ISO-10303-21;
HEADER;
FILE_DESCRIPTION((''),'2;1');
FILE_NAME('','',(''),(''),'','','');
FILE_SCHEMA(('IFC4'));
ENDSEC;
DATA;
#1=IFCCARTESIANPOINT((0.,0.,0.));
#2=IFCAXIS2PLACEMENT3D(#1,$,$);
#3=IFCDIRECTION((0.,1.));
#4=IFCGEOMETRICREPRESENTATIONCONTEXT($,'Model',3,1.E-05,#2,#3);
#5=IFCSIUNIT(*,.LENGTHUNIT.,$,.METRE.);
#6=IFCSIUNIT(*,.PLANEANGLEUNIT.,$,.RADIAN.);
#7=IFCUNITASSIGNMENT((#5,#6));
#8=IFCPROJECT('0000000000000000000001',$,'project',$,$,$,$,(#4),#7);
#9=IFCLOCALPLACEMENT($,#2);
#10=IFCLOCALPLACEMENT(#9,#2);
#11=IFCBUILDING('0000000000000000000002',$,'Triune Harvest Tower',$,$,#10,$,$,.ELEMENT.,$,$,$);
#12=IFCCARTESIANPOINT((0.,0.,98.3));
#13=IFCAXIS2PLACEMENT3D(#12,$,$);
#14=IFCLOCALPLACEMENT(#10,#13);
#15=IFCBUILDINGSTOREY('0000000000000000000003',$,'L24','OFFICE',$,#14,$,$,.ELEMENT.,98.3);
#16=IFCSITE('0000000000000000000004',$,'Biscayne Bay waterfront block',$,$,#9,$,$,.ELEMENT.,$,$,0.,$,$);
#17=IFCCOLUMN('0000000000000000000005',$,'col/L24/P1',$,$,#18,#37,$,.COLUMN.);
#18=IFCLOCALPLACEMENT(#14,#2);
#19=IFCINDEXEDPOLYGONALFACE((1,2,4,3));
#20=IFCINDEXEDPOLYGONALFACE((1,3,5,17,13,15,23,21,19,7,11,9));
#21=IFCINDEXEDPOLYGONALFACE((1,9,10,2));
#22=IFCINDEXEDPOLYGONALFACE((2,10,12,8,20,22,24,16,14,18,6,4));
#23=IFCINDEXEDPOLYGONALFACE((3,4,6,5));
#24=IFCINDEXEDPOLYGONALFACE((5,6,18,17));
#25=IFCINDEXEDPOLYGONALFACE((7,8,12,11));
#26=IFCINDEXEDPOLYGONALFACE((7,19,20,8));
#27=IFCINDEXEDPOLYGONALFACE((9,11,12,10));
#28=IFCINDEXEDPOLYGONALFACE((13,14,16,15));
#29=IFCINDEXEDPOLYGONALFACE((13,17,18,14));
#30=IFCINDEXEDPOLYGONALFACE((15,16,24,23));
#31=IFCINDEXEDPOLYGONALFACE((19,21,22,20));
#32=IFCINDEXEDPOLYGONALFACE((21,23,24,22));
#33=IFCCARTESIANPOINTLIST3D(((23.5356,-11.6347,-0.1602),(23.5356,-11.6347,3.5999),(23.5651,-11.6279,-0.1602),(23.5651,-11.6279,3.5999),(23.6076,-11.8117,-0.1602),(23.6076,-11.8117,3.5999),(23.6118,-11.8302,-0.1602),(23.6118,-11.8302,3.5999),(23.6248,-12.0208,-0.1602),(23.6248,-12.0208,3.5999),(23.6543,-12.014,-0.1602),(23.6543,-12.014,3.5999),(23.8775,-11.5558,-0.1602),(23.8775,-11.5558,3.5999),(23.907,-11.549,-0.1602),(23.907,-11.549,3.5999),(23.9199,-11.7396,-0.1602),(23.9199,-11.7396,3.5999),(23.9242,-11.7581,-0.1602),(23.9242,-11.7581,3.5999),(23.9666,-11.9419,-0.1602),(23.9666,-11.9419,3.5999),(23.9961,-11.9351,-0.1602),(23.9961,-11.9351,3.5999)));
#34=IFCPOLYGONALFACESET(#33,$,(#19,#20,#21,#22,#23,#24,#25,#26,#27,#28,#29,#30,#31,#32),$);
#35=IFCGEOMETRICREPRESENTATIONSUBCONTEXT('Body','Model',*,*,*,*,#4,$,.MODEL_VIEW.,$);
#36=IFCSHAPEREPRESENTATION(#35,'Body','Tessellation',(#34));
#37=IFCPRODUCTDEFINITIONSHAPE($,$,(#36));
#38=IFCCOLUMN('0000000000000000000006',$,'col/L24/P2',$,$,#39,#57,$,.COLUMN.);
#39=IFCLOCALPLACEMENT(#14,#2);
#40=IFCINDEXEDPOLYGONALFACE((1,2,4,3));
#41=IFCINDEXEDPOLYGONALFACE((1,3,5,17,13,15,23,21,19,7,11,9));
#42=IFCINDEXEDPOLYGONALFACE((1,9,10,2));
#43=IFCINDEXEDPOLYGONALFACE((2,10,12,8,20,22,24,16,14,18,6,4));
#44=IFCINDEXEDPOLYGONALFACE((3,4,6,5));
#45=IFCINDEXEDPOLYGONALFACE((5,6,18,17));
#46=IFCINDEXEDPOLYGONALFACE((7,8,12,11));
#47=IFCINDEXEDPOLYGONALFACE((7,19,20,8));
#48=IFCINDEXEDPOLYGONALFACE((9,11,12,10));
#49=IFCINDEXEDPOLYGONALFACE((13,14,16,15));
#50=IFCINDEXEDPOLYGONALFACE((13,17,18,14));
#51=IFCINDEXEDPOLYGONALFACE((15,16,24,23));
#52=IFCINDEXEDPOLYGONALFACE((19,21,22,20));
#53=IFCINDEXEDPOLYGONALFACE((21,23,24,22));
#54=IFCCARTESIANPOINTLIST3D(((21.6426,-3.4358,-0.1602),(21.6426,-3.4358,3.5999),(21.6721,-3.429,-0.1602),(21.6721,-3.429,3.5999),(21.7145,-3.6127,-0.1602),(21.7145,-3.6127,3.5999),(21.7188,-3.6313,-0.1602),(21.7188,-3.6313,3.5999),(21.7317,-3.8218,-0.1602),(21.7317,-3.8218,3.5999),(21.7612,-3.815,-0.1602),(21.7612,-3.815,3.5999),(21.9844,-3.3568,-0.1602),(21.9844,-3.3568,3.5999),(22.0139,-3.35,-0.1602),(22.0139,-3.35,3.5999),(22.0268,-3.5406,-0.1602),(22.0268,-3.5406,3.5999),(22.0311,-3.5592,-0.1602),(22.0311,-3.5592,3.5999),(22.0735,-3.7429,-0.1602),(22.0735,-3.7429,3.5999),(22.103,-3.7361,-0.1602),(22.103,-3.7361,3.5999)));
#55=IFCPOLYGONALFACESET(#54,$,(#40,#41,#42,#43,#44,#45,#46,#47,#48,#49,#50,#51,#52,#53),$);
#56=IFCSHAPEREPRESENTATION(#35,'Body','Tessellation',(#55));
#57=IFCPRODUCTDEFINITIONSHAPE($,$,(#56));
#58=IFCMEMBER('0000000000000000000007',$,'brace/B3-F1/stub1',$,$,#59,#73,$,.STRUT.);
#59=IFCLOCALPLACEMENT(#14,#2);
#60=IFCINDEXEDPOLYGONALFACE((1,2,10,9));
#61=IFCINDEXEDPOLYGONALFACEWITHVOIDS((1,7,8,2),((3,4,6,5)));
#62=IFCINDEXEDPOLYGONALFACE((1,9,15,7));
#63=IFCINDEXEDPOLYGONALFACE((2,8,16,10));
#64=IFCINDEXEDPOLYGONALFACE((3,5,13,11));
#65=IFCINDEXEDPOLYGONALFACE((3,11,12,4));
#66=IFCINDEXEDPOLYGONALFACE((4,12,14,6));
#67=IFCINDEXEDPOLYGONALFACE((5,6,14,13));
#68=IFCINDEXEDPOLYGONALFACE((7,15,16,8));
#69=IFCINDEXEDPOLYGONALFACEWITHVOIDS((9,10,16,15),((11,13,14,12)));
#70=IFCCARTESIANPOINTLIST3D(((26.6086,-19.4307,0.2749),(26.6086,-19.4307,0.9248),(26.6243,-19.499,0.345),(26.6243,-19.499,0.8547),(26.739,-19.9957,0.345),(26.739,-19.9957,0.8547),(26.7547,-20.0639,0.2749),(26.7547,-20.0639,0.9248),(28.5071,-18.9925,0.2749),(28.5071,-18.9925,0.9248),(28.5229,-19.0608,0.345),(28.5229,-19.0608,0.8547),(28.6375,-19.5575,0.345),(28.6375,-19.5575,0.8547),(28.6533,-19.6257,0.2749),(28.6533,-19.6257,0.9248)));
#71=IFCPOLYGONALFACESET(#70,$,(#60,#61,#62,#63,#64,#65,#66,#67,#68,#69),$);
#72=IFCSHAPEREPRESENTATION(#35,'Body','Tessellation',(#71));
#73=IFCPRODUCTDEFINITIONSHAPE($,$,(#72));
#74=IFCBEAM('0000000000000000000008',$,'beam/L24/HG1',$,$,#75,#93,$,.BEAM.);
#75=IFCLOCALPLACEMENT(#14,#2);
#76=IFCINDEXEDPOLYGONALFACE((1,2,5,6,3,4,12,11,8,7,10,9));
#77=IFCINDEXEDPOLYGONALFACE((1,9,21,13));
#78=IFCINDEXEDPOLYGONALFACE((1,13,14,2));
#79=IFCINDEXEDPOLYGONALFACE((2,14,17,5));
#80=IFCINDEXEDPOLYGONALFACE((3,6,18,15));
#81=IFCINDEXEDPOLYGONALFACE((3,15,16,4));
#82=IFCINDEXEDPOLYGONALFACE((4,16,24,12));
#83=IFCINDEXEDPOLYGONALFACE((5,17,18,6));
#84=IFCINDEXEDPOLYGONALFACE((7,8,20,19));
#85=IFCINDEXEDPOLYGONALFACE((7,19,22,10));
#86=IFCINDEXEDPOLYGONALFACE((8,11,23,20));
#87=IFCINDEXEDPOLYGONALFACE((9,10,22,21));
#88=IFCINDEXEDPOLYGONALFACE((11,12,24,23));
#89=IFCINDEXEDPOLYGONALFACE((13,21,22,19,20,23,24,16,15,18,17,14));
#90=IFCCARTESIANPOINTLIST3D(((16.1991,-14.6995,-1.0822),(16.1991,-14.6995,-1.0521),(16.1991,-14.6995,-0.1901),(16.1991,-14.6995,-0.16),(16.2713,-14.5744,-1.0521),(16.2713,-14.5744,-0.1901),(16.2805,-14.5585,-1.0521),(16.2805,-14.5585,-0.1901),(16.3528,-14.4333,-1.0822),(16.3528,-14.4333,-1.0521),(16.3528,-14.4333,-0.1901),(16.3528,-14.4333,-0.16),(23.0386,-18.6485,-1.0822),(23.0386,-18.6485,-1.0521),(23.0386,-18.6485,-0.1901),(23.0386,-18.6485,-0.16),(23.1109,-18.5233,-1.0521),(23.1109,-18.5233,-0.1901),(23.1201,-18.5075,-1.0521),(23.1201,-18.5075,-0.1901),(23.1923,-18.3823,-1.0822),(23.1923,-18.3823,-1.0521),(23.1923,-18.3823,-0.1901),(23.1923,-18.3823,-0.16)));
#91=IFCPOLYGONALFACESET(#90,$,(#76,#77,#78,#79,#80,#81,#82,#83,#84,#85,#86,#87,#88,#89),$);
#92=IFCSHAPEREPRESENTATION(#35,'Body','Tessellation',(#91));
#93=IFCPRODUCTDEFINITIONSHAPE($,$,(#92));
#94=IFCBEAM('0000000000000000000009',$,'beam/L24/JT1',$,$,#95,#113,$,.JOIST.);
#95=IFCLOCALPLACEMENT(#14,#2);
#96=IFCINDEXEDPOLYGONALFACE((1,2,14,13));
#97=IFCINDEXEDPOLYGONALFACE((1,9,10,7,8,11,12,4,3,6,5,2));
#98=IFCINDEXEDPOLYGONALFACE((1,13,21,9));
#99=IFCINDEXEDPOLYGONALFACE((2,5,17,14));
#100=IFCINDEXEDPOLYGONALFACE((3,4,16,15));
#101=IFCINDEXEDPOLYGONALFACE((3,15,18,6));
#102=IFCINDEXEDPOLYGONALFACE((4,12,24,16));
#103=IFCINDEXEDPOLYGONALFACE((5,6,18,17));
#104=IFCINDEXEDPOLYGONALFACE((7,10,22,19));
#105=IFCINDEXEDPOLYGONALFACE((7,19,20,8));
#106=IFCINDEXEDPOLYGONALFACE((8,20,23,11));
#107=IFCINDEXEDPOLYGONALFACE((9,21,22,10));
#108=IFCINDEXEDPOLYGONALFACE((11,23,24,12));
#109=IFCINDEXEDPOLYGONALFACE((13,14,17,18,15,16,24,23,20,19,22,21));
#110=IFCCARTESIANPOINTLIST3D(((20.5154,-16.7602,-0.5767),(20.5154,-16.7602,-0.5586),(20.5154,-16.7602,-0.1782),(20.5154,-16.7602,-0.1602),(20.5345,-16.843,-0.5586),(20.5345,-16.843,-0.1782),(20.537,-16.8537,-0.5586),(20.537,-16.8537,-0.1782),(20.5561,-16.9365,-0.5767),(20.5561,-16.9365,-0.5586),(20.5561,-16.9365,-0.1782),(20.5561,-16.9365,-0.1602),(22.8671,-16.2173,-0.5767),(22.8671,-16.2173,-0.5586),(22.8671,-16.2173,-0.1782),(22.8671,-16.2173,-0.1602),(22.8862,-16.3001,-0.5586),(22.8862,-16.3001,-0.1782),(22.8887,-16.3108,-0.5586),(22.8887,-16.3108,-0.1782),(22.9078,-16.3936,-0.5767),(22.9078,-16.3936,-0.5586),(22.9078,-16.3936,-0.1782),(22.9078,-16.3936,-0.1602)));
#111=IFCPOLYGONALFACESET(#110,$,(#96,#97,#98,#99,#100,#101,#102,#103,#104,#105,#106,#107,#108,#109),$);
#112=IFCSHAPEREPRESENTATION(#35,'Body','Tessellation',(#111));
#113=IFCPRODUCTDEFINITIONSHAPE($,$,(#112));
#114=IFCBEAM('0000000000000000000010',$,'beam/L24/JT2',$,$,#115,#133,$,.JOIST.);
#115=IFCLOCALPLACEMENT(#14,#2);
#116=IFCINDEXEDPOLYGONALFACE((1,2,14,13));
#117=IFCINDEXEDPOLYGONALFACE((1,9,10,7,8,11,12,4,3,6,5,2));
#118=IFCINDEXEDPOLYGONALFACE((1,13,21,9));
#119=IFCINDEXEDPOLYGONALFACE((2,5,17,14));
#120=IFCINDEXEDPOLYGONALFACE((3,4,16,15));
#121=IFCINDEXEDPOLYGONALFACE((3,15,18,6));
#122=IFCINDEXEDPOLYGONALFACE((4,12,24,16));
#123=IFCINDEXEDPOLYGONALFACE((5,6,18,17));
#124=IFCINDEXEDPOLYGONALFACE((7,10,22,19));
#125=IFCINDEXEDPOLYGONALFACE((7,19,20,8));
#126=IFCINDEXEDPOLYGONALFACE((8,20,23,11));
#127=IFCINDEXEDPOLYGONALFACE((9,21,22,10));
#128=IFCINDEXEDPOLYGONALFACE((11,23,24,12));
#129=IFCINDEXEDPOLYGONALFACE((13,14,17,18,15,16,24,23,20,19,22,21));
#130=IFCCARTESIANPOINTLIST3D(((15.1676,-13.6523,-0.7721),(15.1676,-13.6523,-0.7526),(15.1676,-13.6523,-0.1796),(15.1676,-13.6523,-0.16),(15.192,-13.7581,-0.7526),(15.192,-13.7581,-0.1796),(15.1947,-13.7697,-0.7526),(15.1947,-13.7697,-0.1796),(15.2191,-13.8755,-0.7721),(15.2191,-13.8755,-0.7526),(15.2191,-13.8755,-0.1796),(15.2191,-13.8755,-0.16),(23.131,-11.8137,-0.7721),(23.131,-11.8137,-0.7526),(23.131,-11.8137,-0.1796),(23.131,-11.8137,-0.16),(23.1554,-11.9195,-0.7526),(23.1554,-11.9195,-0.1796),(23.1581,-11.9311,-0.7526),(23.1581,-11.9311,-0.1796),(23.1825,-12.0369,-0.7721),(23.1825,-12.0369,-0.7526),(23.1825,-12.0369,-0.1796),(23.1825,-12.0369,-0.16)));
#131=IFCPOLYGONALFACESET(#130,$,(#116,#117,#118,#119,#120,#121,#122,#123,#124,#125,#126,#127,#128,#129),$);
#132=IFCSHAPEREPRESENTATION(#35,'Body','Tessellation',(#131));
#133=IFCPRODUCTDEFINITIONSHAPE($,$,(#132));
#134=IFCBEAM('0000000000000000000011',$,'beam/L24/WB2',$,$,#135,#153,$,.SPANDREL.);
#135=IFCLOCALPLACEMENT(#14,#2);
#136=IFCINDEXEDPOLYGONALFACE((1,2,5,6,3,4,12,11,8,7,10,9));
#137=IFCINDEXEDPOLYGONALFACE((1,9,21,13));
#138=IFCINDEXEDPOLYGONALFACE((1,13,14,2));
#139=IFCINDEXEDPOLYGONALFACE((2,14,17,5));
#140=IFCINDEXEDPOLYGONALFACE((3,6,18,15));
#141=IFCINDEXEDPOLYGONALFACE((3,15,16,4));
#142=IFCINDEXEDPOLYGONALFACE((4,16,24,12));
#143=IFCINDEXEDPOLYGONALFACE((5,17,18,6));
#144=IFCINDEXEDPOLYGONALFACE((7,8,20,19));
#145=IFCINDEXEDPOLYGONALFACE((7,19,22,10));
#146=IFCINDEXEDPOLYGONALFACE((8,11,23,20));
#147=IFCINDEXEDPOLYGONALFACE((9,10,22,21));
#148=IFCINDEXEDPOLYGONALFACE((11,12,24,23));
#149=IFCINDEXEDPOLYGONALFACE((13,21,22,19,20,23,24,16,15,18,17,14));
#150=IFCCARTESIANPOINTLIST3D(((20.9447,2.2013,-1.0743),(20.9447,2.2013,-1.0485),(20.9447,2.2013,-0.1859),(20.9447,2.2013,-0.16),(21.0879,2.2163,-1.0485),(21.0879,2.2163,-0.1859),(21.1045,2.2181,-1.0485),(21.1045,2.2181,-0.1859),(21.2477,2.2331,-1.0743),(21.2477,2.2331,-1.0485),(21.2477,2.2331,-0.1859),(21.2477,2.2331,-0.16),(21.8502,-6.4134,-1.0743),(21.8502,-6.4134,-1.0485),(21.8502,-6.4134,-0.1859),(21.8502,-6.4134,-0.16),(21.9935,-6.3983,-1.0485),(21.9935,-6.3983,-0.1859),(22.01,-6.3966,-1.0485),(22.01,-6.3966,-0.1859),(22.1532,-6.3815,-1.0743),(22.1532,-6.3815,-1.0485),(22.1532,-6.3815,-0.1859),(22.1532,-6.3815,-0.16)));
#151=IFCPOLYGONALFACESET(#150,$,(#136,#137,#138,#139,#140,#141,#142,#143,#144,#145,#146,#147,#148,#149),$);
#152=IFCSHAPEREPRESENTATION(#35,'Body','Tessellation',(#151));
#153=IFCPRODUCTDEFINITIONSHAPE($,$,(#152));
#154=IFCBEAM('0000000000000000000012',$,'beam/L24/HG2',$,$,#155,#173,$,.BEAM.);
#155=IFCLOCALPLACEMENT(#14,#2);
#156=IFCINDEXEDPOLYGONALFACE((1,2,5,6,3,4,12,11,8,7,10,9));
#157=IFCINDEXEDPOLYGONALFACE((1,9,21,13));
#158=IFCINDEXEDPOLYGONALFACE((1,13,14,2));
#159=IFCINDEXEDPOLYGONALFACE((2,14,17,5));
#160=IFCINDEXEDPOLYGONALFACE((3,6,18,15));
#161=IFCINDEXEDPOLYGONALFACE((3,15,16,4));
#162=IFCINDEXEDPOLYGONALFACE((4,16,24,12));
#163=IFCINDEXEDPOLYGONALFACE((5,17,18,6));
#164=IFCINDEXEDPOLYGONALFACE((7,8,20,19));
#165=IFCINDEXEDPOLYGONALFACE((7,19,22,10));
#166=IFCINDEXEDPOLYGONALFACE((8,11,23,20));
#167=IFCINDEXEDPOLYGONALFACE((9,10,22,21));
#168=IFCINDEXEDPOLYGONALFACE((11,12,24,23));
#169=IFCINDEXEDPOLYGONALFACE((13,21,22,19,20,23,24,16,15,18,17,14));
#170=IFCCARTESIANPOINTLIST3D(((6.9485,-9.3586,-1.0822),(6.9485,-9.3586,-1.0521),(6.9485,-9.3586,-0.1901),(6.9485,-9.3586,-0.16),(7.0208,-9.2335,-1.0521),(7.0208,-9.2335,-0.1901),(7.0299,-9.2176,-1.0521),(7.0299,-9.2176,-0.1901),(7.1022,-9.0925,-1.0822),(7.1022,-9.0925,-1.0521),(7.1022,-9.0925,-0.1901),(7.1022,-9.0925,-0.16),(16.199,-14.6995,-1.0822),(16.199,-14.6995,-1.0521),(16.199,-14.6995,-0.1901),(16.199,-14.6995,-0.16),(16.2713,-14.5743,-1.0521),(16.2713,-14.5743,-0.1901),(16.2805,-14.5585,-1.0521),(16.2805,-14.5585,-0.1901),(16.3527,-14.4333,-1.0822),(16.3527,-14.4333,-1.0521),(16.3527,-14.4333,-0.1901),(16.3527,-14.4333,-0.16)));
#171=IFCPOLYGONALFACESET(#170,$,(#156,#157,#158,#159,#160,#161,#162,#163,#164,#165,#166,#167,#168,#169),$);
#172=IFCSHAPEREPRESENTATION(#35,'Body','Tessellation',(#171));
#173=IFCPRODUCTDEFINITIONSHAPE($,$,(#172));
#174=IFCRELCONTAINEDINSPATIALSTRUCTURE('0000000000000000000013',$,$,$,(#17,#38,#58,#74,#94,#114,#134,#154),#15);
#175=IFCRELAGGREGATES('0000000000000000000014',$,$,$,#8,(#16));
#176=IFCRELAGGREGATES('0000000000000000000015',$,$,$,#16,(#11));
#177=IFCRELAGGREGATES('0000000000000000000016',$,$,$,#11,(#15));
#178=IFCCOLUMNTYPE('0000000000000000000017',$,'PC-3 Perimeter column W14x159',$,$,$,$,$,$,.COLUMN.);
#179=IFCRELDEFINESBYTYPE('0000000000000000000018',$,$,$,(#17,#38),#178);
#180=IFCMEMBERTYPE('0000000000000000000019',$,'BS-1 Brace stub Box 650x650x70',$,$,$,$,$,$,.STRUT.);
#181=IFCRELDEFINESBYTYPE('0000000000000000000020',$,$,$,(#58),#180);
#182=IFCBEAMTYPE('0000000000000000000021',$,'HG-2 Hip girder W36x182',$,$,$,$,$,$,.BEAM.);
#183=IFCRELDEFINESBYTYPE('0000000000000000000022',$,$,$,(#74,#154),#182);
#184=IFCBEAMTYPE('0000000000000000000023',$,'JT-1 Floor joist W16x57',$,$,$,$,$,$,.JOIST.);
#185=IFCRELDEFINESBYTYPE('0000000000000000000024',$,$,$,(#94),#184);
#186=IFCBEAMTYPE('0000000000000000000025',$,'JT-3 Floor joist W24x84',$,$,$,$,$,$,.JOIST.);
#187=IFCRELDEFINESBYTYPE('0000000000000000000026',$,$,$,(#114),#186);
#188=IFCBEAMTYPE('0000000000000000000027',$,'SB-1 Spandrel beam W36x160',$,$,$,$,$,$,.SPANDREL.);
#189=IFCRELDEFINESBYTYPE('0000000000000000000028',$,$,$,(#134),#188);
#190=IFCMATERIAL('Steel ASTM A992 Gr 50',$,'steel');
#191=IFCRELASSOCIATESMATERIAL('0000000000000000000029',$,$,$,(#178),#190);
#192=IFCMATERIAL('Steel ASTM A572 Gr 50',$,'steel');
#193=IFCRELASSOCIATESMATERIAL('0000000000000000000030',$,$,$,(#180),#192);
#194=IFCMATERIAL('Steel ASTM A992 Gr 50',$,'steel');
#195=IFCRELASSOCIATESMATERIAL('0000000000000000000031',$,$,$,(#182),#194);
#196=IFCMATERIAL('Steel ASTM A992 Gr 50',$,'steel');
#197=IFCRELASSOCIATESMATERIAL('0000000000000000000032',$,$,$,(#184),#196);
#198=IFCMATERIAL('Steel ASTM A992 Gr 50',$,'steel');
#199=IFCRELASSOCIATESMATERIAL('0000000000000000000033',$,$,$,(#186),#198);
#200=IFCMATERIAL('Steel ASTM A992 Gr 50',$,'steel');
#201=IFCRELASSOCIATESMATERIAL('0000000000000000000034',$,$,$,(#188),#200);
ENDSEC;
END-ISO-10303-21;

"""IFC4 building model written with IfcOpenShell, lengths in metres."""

from ifc_helpers import new_model, si_unit, direction, frame, origin, origin_2d, place, context, subcontext, project, spatial, hollow_rectangle, i_section, extrude, source, transform, mapped, material, material_profile, profile_set, type_object, element, save


model = new_model("IFC4")

# Units and contexts
model_context = context("Model", 3, precision=1e-05, world=origin(), true_north=direction((0.0, 1.0)))
body_context = subcontext(model_context, "Body", "Model", "MODEL_VIEW")
ifc_project = project(units=[si_unit("LENGTHUNIT", "METRE"), si_unit("PLANEANGLEUNIT", "RADIAN")], contexts=[model_context])

# Site, building, storey
site_placement = place(None, origin())
site = spatial("IfcSite", under=ifc_project, at=site_placement, Name="Biscayne Bay waterfront block", CompositionType="ELEMENT", RefElevation=0.0)
building_placement = place(site_placement, origin())
building = spatial("IfcBuilding", under=site, at=building_placement, Name="Triune Harvest Tower", CompositionType="ELEMENT")
storey_placement = place(building_placement, frame((0.0, 0.0, 98.3)))
storey = spatial("IfcBuildingStorey", under=building, at=storey_placement, Name="L24", Description="OFFICE", CompositionType="ELEMENT", Elevation=98.3)

# Columns
ifc_material_1 = material(Name="Steel ASTM A992 Gr 50", Category="steel")
ifc_material_profile_1 = material_profile(ifc_material_1, i_section(OverallWidth=0.3962, OverallDepth=0.3811, WebThickness=0.019, FlangeThickness=0.0303, at=origin_2d()), Name="W14x159")
ifc_profile_set_1 = profile_set([ifc_material_profile_1], Name="Steel ASTM A992 Gr 50")
column_type = type_object("IfcColumnType", Name="PC-3 Perimeter column W14x159", PredefinedType="COLUMN", material=ifc_profile_set_1)
shared_shape_1 = source(origin(), body_context, "Body", "SweptSolid", [
    extrude(i_section(OverallWidth=0.3962, OverallDepth=0.3811, WebThickness=0.019, FlangeThickness=0.0303, at=origin_2d()), origin(), (0.0, 0.0, 1.0), 3.76),
])
for number, where, z_axis, x_axis, name in (
    (1, (23.7659, -11.7849, -0.1602), (0.0, 0.0, 1.0), (-0.224953, 0.97437, 0.0), "col/L24/P1"),
    (2, (21.8728, -3.5859, -0.1602), (0.0, 0.0, 1.0), (-0.224953, 0.97437, 0.0), "col/L24/P2"),
):
    element("IfcColumn", number, at=place(storey_placement, frame(where, z_axis=z_axis, x_axis=x_axis)), inside=storey, type_object=column_type, Name=name, PredefinedType="COLUMN", context=body_context, shape_type="MappedRepresentation", body=[
        mapped(shared_shape_1, transform((0.0, 0.0, 0.0), scale=1.0)),
    ])

# Member
ifc_material_2 = material(Name="Steel ASTM A572 Gr 50", Category="steel")
ifc_material_profile_2 = material_profile(ifc_material_2, hollow_rectangle(XDim=0.6499, YDim=0.6499, WallThickness=0.0701, at=origin_2d()), Name="Box 650x650x70")
ifc_profile_set_2 = profile_set([ifc_material_profile_2], Name="Steel ASTM A572 Gr 50")
member_type_1 = type_object("IfcMemberType", Name="BS-1 Brace stub Box 650x650x70", PredefinedType="STRUT", material=ifc_profile_set_2)
member_1_placement = place(storey_placement, frame((26.6816, -19.7473, 0.5999), z_axis=(0.974383, 0.224896, 0.0), x_axis=(-0.224896, 0.974383, 0.0)))
element("IfcMember", 3, at=member_1_placement, inside=storey, type_object=member_type_1, Name="brace/B3-F1/stub1", PredefinedType="STRUT", context=body_context, shape_type="SweptSolid", body=[
    extrude(hollow_rectangle(XDim=0.6499, YDim=0.6499, WallThickness=0.0701, at=origin_2d()), origin(), (0.0, 0.0, 1.0), 1.9485),
])

# Beams
ifc_material_3 = material(Name="Steel ASTM A992 Gr 50", Category="steel")
ifc_material_profile_3 = material_profile(ifc_material_3, i_section(OverallWidth=0.3074, OverallDepth=0.9221, WebThickness=0.0183, FlangeThickness=0.03, at=origin_2d()), Name="W36x182")
ifc_profile_set_3 = profile_set([ifc_material_profile_3], Name="Steel ASTM A992 Gr 50")
beam_type_1 = type_object("IfcBeamType", Name="HG-2 Hip girder W36x182", PredefinedType="BEAM", material=ifc_profile_set_3)
beam_1_placement = place(storey_placement, frame((23.1155, -18.5154, -0.6211), z_axis=(-0.866018, 0.500012, 0.0), x_axis=(-0.500012, -0.866018, 0.0)))
element("IfcBeam", 4, at=beam_1_placement, inside=storey, type_object=beam_type_1, Name="beam/L24/HG1", PredefinedType="BEAM", context=body_context, shape_type="SweptSolid", body=[
    extrude(i_section(OverallWidth=0.3074, OverallDepth=0.9221, WebThickness=0.0183, FlangeThickness=0.03, at=origin_2d()), origin(), (0.0, 0.0, 1.0), 7.8977),
])
ifc_material_4 = material(Name="Steel ASTM A992 Gr 50", Category="steel")
ifc_material_profile_4 = material_profile(ifc_material_4, i_section(OverallWidth=0.1809, OverallDepth=0.4165, WebThickness=0.011, FlangeThickness=0.0181, at=origin_2d()), Name="W16x57")
ifc_profile_set_4 = profile_set([ifc_material_profile_4], Name="Steel ASTM A992 Gr 50")
beam_type_2 = type_object("IfcBeamType", Name="JT-1 Floor joist W16x57", PredefinedType="JOIST", material=ifc_profile_set_4)
beam_2_placement = place(storey_placement, frame((22.8875, -16.3054, -0.3684), z_axis=(-0.974369, -0.224956, 0.0), x_axis=(0.224956, -0.974369, 0.0)))
element("IfcBeam", 5, at=beam_2_placement, inside=storey, type_object=beam_type_2, Name="beam/L24/JT1", PredefinedType="JOIST", context=body_context, shape_type="SweptSolid", body=[
    extrude(i_section(OverallWidth=0.1809, OverallDepth=0.4165, WebThickness=0.011, FlangeThickness=0.0181, at=origin_2d()), origin(), (0.0, 0.0, 1.0), 2.4136),
])
ifc_material_5 = material(Name="Steel ASTM A992 Gr 50", Category="steel")
ifc_material_profile_5 = material_profile(ifc_material_5, i_section(OverallWidth=0.229, OverallDepth=0.6121, WebThickness=0.012, FlangeThickness=0.0195, at=origin_2d()), Name="W24x84")
ifc_profile_set_5 = profile_set([ifc_material_profile_5], Name="Steel ASTM A992 Gr 50")
beam_type_3 = type_object("IfcBeamType", Name="JT-3 Floor joist W24x84", PredefinedType="JOIST", material=ifc_profile_set_5)
beam_3_placement = place(storey_placement, frame((23.1567, -11.9253, -0.4661), z_axis=(-0.974367, -0.224966, 0.0), x_axis=(0.224966, -0.974367, 0.0)))
element("IfcBeam", 6, at=beam_3_placement, inside=storey, type_object=beam_type_3, Name="beam/L24/JT2", PredefinedType="JOIST", context=body_context, shape_type="SweptSolid", body=[
    extrude(i_section(OverallWidth=0.229, OverallDepth=0.6121, WebThickness=0.012, FlangeThickness=0.0195, at=origin_2d()), origin(), (0.0, 0.0, 1.0), 8.1729),
])
ifc_material_6 = material(Name="Steel ASTM A992 Gr 50", Category="steel")
ifc_material_profile_6 = material_profile(ifc_material_6, i_section(OverallWidth=0.3047, OverallDepth=0.9143, WebThickness=0.0166, FlangeThickness=0.0259, at=origin_2d()), Name="W36x160")
ifc_profile_set_6 = profile_set([ifc_material_profile_6], Name="Steel ASTM A992 Gr 50")
beam_type_4 = type_object("IfcBeamType", Name="SB-1 Spandrel beam W36x160", PredefinedType="SPANDREL", material=ifc_profile_set_6)
shared_shape_2 = source(origin(), body_context, "Body", "SweptSolid", [
    extrude(i_section(OverallWidth=0.3047, OverallDepth=0.9143, WebThickness=0.0166, FlangeThickness=0.0259, at=origin_2d()), origin(), (0.0, 0.0, 1.0), 8.6621),
])
beam_4_placement = place(storey_placement, frame((22.0017, -6.3975, -0.6172), z_axis=(-0.104537, 0.994521, 0.0), x_axis=(-0.994521, -0.104537, 0.0)))
element("IfcBeam", 7, at=beam_4_placement, inside=storey, type_object=beam_type_4, Name="beam/L24/WB2", PredefinedType="SPANDREL", context=body_context, shape_type="MappedRepresentation", body=[
    mapped(shared_shape_2, transform((0.0, 0.0, 0.0), scale=1.0)),
])
shared_shape_3 = source(origin(), body_context, "Body", "SweptSolid", [
    extrude(i_section(OverallWidth=0.3074, OverallDepth=0.9221, WebThickness=0.0183, FlangeThickness=0.03, at=origin_2d()), origin(), (0.0, 0.0, 1.0), 10.6816),
])
beam_5_placement = place(storey_placement, frame((16.2759, -14.5664, -0.6211), z_axis=(-0.866023, 0.500003, 0.0), x_axis=(-0.500003, -0.866023, 0.0)))
element("IfcBeam", 8, at=beam_5_placement, inside=storey, type_object=beam_type_1, Name="beam/L24/HG2", PredefinedType="BEAM", context=body_context, shape_type="MappedRepresentation", body=[
    mapped(shared_shape_3, transform((0.0, 0.0, 0.0), scale=1.0)),
])

save(model, "model.ifc")
